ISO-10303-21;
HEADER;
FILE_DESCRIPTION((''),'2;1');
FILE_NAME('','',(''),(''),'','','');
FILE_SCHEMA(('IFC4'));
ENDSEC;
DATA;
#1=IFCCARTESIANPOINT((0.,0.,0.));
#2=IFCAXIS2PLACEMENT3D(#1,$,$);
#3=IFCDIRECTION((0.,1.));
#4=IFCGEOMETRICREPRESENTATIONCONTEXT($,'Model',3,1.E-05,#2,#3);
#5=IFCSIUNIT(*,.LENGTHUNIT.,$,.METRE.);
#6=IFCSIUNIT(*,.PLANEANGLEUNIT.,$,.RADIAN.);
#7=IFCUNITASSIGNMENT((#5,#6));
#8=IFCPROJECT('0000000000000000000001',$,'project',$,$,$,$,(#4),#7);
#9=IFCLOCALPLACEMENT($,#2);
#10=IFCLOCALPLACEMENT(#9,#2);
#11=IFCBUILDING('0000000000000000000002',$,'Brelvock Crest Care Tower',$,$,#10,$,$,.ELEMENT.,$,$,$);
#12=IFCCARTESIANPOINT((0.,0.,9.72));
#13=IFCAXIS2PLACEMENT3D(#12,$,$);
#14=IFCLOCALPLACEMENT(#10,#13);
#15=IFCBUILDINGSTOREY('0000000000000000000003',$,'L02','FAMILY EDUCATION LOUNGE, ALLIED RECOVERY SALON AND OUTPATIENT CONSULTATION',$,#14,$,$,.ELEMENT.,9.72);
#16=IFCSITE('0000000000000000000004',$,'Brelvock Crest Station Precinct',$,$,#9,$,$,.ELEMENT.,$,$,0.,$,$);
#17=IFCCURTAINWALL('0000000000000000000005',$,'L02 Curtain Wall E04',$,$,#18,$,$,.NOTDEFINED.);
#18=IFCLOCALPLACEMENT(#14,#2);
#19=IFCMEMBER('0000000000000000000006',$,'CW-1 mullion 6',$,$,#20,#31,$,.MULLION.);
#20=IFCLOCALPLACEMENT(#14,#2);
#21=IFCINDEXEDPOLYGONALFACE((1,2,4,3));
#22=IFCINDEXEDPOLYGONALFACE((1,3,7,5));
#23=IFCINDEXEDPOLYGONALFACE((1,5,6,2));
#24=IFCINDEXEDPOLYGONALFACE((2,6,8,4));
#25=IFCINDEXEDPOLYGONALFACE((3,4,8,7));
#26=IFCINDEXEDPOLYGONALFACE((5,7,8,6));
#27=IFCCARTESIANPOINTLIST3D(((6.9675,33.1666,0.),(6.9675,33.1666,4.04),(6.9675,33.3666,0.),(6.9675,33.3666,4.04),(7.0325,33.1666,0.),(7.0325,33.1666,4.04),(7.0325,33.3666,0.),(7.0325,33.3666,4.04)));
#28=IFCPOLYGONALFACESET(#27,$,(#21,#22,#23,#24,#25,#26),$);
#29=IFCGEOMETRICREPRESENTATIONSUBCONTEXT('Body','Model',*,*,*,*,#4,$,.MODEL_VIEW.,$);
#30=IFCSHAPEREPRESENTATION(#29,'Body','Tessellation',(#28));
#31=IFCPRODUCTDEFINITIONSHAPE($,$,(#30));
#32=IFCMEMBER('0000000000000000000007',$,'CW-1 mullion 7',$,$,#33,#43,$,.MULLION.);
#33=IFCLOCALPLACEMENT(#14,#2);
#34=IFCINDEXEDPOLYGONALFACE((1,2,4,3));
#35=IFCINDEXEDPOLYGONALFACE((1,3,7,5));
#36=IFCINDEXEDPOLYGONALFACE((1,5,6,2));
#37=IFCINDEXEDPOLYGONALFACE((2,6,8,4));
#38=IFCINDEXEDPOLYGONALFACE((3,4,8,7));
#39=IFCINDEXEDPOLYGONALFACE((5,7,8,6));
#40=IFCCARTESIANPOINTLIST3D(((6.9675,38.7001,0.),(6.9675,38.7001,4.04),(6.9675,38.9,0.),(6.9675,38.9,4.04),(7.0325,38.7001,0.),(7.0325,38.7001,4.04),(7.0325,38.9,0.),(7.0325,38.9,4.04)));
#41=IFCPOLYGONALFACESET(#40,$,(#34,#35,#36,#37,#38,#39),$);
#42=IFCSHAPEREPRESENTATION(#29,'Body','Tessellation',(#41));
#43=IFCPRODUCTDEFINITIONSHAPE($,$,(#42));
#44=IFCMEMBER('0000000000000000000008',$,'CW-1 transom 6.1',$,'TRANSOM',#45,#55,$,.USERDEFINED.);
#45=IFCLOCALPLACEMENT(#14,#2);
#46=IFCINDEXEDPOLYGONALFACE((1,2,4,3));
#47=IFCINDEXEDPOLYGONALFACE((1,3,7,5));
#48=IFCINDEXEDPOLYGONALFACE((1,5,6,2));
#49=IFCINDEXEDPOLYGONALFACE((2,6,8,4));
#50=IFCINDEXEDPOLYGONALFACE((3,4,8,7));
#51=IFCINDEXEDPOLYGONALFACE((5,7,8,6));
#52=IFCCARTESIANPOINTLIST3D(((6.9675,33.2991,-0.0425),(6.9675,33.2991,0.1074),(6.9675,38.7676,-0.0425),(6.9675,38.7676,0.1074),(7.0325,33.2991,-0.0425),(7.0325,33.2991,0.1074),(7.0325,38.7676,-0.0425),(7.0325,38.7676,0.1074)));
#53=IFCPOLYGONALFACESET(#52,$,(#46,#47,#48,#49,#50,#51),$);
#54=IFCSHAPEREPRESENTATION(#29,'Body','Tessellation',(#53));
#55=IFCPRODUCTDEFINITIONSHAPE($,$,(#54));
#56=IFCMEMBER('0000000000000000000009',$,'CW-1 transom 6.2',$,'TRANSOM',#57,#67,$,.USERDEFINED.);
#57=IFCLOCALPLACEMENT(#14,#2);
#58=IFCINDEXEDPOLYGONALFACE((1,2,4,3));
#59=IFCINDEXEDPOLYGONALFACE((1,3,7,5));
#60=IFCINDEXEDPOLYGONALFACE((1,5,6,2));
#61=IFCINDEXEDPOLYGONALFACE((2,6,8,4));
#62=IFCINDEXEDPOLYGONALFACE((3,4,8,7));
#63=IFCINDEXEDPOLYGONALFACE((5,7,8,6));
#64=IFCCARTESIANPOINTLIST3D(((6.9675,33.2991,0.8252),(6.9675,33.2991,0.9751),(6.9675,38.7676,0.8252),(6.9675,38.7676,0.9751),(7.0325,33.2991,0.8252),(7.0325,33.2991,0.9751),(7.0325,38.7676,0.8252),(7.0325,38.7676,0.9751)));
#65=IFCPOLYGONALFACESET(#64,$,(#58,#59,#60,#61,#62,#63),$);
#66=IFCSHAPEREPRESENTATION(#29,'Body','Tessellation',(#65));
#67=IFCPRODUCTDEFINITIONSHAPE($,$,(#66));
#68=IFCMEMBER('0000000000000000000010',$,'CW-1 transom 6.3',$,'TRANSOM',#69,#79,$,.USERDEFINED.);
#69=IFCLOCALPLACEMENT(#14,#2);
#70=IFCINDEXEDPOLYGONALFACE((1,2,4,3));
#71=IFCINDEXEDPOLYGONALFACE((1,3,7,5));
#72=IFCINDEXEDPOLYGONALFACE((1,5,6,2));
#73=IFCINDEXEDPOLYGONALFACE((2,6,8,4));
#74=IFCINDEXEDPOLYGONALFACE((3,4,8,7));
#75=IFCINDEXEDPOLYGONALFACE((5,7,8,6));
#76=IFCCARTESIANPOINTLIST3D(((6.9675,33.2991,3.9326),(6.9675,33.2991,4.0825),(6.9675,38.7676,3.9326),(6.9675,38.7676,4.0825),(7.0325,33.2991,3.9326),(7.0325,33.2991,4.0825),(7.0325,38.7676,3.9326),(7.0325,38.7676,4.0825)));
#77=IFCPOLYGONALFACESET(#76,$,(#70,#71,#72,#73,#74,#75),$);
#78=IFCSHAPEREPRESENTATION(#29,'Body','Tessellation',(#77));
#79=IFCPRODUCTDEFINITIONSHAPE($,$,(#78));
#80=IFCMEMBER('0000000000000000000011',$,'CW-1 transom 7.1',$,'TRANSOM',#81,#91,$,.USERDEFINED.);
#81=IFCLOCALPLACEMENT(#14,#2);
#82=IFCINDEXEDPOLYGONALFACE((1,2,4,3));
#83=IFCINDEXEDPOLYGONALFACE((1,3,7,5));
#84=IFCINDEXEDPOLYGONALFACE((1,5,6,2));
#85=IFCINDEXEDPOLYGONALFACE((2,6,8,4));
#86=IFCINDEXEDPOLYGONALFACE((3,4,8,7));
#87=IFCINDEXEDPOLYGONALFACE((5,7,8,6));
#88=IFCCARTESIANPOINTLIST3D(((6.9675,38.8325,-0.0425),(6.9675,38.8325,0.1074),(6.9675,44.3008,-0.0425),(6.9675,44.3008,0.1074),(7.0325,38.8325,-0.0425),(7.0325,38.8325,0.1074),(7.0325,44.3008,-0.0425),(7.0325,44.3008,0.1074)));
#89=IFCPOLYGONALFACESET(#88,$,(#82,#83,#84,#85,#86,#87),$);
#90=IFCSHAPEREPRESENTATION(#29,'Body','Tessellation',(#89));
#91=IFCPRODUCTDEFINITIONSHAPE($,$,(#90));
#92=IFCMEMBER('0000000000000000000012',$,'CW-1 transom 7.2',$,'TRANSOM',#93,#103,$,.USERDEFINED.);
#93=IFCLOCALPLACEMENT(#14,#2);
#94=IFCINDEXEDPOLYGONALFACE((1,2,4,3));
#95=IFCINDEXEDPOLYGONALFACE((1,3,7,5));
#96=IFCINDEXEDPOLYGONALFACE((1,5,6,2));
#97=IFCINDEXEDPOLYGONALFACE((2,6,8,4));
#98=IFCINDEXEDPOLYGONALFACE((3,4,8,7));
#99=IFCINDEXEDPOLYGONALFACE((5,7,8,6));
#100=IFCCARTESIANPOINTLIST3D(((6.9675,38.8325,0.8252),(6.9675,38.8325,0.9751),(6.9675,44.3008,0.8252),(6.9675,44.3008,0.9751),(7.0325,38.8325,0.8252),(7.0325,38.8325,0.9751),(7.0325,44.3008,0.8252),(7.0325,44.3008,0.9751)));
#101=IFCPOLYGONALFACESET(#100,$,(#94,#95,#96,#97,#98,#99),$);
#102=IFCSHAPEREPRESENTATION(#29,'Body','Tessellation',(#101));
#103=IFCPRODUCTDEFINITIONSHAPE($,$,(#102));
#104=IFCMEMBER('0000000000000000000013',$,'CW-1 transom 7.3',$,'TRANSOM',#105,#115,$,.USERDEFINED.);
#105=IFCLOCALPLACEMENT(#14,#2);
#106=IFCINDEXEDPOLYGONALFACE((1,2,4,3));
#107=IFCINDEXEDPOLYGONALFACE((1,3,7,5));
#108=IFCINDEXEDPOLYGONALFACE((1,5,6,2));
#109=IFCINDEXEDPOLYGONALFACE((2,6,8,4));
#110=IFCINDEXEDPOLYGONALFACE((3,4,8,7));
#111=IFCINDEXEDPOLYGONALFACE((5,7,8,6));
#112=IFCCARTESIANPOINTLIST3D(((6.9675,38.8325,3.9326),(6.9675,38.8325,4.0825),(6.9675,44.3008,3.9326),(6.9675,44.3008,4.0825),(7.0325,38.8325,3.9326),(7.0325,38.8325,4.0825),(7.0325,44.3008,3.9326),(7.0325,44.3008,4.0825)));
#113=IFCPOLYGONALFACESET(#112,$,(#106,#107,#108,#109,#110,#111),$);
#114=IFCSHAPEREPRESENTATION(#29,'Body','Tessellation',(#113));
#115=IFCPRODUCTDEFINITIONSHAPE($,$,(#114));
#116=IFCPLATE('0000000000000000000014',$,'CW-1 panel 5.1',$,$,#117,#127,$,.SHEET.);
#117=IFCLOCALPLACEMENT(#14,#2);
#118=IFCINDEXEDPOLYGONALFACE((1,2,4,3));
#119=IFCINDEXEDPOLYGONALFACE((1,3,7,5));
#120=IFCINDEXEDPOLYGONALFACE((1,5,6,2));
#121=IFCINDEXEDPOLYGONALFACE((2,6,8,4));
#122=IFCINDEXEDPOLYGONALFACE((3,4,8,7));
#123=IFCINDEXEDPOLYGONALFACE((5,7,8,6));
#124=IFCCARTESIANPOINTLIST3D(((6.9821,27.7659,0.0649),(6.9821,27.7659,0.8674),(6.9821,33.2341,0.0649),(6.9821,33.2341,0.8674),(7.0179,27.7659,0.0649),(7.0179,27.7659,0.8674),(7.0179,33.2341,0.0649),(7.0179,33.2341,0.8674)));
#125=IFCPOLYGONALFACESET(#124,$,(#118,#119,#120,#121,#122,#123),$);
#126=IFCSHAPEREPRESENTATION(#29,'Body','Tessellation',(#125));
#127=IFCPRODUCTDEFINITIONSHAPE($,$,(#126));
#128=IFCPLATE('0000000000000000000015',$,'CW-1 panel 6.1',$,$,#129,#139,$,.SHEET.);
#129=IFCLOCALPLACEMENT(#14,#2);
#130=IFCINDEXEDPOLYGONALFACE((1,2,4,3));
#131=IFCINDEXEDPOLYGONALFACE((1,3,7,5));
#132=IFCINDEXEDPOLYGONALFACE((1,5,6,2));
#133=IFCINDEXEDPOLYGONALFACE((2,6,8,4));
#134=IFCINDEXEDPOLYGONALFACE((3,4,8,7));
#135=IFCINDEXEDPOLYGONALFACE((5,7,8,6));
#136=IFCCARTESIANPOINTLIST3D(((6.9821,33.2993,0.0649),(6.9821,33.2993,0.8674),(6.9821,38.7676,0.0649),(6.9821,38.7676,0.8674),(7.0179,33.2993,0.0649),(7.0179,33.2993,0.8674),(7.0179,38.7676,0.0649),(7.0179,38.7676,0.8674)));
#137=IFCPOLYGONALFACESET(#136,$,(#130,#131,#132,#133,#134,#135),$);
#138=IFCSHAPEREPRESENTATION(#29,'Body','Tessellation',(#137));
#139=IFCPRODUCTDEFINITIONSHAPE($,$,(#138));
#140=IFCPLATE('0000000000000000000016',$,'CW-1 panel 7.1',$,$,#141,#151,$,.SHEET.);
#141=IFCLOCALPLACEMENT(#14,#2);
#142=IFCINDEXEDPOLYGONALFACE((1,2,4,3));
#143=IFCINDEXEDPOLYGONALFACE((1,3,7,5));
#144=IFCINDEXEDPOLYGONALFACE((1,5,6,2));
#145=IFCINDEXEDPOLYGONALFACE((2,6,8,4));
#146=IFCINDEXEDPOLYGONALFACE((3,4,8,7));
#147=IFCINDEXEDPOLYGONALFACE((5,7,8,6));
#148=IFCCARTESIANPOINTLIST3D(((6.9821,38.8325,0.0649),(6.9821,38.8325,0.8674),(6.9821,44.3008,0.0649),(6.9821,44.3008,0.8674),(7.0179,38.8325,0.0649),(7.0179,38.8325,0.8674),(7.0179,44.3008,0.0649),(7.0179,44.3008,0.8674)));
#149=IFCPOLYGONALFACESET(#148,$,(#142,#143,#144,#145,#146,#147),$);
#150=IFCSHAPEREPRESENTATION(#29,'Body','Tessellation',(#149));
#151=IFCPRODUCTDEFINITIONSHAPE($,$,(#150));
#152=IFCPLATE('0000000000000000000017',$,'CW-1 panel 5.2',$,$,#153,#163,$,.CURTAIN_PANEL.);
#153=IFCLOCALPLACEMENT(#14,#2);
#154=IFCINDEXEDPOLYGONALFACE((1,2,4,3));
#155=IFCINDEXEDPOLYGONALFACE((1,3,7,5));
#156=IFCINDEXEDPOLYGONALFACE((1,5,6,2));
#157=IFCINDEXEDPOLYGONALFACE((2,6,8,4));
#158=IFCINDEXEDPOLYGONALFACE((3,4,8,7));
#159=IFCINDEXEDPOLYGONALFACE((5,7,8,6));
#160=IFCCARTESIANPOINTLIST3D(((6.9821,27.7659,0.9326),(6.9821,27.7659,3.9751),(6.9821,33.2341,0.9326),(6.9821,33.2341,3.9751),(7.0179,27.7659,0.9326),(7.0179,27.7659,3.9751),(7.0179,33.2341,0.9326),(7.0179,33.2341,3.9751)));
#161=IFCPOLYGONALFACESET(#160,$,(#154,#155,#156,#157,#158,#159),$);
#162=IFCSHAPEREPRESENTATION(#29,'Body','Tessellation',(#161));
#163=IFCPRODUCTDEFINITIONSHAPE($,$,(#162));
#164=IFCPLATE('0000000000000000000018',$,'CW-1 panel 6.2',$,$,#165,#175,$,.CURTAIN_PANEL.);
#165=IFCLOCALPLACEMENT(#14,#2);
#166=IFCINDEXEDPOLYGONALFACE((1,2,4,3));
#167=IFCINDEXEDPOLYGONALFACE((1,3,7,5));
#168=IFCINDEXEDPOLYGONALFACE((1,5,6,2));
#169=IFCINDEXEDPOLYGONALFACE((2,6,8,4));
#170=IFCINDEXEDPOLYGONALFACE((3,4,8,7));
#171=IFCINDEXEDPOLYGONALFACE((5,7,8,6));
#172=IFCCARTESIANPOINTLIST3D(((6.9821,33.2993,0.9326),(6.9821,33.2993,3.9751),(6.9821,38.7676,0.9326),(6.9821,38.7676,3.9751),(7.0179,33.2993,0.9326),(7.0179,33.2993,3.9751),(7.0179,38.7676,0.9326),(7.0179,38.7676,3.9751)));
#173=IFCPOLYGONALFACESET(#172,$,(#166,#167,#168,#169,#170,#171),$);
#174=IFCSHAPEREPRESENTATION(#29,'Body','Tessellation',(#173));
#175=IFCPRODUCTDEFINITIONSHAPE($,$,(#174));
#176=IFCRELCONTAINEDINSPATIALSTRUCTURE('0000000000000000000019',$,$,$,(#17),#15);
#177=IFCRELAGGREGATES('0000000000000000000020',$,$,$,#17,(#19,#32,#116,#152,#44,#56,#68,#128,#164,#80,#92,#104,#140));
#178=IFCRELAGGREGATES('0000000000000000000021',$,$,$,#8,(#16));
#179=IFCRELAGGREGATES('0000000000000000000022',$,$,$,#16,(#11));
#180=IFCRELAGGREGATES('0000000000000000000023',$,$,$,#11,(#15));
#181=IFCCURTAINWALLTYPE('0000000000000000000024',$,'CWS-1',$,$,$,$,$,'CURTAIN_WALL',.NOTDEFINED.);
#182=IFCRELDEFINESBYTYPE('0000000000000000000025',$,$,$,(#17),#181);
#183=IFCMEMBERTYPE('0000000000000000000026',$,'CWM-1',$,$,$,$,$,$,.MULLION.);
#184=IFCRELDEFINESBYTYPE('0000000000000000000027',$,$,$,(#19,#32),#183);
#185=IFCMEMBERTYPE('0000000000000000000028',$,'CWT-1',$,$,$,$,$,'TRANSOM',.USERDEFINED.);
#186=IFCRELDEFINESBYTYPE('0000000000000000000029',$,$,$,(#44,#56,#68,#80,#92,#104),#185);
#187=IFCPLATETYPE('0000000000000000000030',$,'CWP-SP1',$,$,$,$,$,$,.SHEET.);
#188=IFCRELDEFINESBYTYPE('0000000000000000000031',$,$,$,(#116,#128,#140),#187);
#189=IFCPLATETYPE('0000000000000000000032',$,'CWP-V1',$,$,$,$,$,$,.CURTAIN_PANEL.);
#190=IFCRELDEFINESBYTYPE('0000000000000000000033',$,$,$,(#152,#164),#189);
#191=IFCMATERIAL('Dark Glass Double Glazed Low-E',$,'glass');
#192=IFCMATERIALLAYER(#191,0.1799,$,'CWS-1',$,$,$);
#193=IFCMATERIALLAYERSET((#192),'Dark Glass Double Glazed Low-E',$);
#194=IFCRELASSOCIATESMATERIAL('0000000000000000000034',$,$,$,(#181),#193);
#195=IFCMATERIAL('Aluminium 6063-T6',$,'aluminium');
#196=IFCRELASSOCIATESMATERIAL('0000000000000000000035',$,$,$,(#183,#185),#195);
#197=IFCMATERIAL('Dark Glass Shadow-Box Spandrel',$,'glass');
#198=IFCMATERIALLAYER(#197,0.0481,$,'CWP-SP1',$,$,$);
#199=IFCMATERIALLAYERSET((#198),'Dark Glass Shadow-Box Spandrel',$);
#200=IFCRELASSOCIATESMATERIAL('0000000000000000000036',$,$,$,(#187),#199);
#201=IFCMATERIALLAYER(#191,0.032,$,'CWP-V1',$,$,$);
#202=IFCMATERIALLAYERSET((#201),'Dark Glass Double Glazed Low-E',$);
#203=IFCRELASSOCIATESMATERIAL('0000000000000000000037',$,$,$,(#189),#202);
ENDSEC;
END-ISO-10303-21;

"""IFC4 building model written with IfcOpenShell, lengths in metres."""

from ifc_helpers import new_model, si_unit, direction, frame, origin, origin_2d, place, context, subcontext, project, spatial, rectangle, extrude, source, transform, mapped, material, layer, layer_set, material_profile, profile_set, type_object, element, aggregate, save


model = new_model("IFC4")

# Units and contexts
model_context = context("Model", 3, precision=1e-05, world=origin(), true_north=direction((0.0, 1.0)))
body_context = subcontext(model_context, "Body", "Model", "MODEL_VIEW")
ifc_project = project(units=[si_unit("LENGTHUNIT", "METRE"), si_unit("PLANEANGLEUNIT", "RADIAN")], contexts=[model_context])

# Site, building, storey
site_placement = place(None, origin())
site = spatial("IfcSite", under=ifc_project, at=site_placement, Name="Brelvock Crest Station Precinct", CompositionType="ELEMENT", RefElevation=0.0)
building_placement = place(site_placement, origin())
building = spatial("IfcBuilding", under=site, at=building_placement, Name="Brelvock Crest Care Tower", CompositionType="ELEMENT")
storey_placement = place(building_placement, frame((0.0, 0.0, 9.72)))
storey = spatial("IfcBuildingStorey", under=building, at=storey_placement, Name="L02", Description="FAMILY EDUCATION LOUNGE, ALLIED RECOVERY SALON AND OUTPATIENT CONSULTATION", CompositionType="ELEMENT", Elevation=9.72)

# Curtain wall, members, plates
ifc_material_1 = material(Name="Dark Glass Double Glazed Low-E", Category="glass")
ifc_layer_1 = layer(ifc_material_1, 0.1799, Name="CWS-1")
ifc_layer_set_1 = layer_set([ifc_layer_1], Name="Dark Glass Double Glazed Low-E")
curtain_wall_type = type_object("IfcCurtainWallType", Name="CWS-1", ElementType="CURTAIN_WALL", PredefinedType="NOTDEFINED", material=ifc_layer_set_1)
curtain_wall_placement = place(storey_placement, origin())
curtain_wall = element("IfcCurtainWall", 1, at=curtain_wall_placement, inside=storey, type_object=curtain_wall_type, Name="L02 Curtain Wall E04", PredefinedType="NOTDEFINED")
ifc_material_2 = material(Name="Aluminium 6063-T6", Category="aluminium")
ifc_material_profile_1 = material_profile(ifc_material_2, rectangle(XDim=0.0649, YDim=0.2, at=origin_2d()), Name="ALU65x200")
ifc_profile_set_1 = profile_set([ifc_material_profile_1], Name="Aluminium 6063-T6")
member_type_1 = type_object("IfcMemberType", Name="CWM-1", PredefinedType="MULLION", material=ifc_profile_set_1)
shared_shape_1 = source(origin(), body_context, "Body", "SweptSolid", [
    extrude(rectangle(XDim=0.0649, YDim=0.2, at=origin_2d()), origin(), (0.0, 0.0, 1.0), 4.04),
])
member_1_placement = place(storey_placement, frame((7.0, 33.2666, 0.0), z_axis=(0.0, 0.0, 1.0), x_axis=(-1.0, 0.0, 0.0)))
member_1 = element("IfcMember", 2, at=member_1_placement, type_object=member_type_1, Name="CW-1 mullion 6", PredefinedType="MULLION", context=body_context, shape_type="MappedRepresentation", body=[
    mapped(shared_shape_1, transform((0.0, 0.0, 0.0), x_axis=(1.0, 0.0, 0.0), y_axis=(0.0, 1.0, 0.0), z_axis=(0.0, 0.0, 1.0), scale=1.0)),
])
member_2_placement = place(storey_placement, frame((7.0, 38.8, 0.0), z_axis=(0.0, 0.0, 1.0), x_axis=(-1.0, 0.0, 0.0)))
member_2 = element("IfcMember", 3, at=member_2_placement, type_object=member_type_1, Name="CW-1 mullion 7", PredefinedType="MULLION", context=body_context, shape_type="MappedRepresentation", body=[
    mapped(shared_shape_1, transform((0.0, 0.0, 0.0), x_axis=(1.0, 0.0, 0.0), y_axis=(0.0, 1.0, 0.0), z_axis=(0.0, 0.0, 1.0), scale=1.0)),
])
ifc_material_profile_2 = material_profile(ifc_material_2, rectangle(XDim=0.0649, YDim=0.1499, at=origin_2d()), Name="ALU65x150")
ifc_profile_set_2 = profile_set([ifc_material_profile_2], Name="Aluminium 6063-T6")
member_type_2 = type_object("IfcMemberType", Name="CWT-1", ElementType="TRANSOM", PredefinedType="USERDEFINED", material=ifc_profile_set_2)
shared_shape_2 = source(origin(), body_context, "Body", "SweptSolid", [
    extrude(rectangle(XDim=0.0649, YDim=0.1499, at=origin_2d()), origin(), (0.0, 0.0, 1.0), 5.4685),
])
member_3_placement = place(storey_placement, frame((7.0, 33.2991, 0.0325), z_axis=(0.0, 1.0, 0.0), x_axis=(-1.0, 0.0, 0.0)))
member_3 = element("IfcMember", 4, at=member_3_placement, type_object=member_type_2, Name="CW-1 transom 6.1", ObjectType="TRANSOM", PredefinedType="USERDEFINED", context=body_context, shape_type="MappedRepresentation", body=[
    mapped(shared_shape_2, transform((0.0, 0.0, 0.0), x_axis=(1.0, 0.0, 0.0), y_axis=(0.0, 1.0, 0.0), z_axis=(0.0, 0.0, 1.0), scale=1.0)),
])
member_4_placement = place(storey_placement, frame((7.0, 33.2991, 0.9001), z_axis=(0.0, 1.0, 0.0), x_axis=(-1.0, 0.0, 0.0)))
member_4 = element("IfcMember", 5, at=member_4_placement, type_object=member_type_2, Name="CW-1 transom 6.2", ObjectType="TRANSOM", PredefinedType="USERDEFINED", context=body_context, shape_type="MappedRepresentation", body=[
    mapped(shared_shape_2, transform((0.0, 0.0, 0.0), x_axis=(1.0, 0.0, 0.0), y_axis=(0.0, 1.0, 0.0), z_axis=(0.0, 0.0, 1.0), scale=1.0)),
])
member_5_placement = place(storey_placement, frame((7.0, 33.2991, 4.0076), z_axis=(0.0, 1.0, 0.0), x_axis=(-1.0, 0.0, 0.0)))
member_5 = element("IfcMember", 6, at=member_5_placement, type_object=member_type_2, Name="CW-1 transom 6.3", ObjectType="TRANSOM", PredefinedType="USERDEFINED", context=body_context, shape_type="MappedRepresentation", body=[
    mapped(shared_shape_2, transform((0.0, 0.0, 0.0), x_axis=(1.0, 0.0, 0.0), y_axis=(0.0, 1.0, 0.0), z_axis=(0.0, 0.0, 1.0), scale=1.0)),
])
shared_shape_3 = source(origin(), body_context, "Body", "SweptSolid", [
    extrude(rectangle(XDim=0.0649, YDim=0.1499, at=origin_2d()), origin(), (0.0, 0.0, 1.0), 5.4683),
])
member_6_placement = place(storey_placement, frame((7.0, 38.8325, 0.0325), z_axis=(0.0, 1.0, 0.0), x_axis=(-1.0, 0.0, 0.0)))
member_6 = element("IfcMember", 7, at=member_6_placement, type_object=member_type_2, Name="CW-1 transom 7.1", ObjectType="TRANSOM", PredefinedType="USERDEFINED", context=body_context, shape_type="MappedRepresentation", body=[
    mapped(shared_shape_3, transform((0.0, 0.0, 0.0), x_axis=(1.0, 0.0, 0.0), y_axis=(0.0, 1.0, 0.0), z_axis=(0.0, 0.0, 1.0), scale=1.0)),
])
member_7_placement = place(storey_placement, frame((7.0, 38.8325, 0.9001), z_axis=(0.0, 1.0, 0.0), x_axis=(-1.0, 0.0, 0.0)))
member_7 = element("IfcMember", 8, at=member_7_placement, type_object=member_type_2, Name="CW-1 transom 7.2", ObjectType="TRANSOM", PredefinedType="USERDEFINED", context=body_context, shape_type="MappedRepresentation", body=[
    mapped(shared_shape_3, transform((0.0, 0.0, 0.0), x_axis=(1.0, 0.0, 0.0), y_axis=(0.0, 1.0, 0.0), z_axis=(0.0, 0.0, 1.0), scale=1.0)),
])
member_8_placement = place(storey_placement, frame((7.0, 38.8325, 4.0076), z_axis=(0.0, 1.0, 0.0), x_axis=(-1.0, 0.0, 0.0)))
member_8 = element("IfcMember", 9, at=member_8_placement, type_object=member_type_2, Name="CW-1 transom 7.3", ObjectType="TRANSOM", PredefinedType="USERDEFINED", context=body_context, shape_type="MappedRepresentation", body=[
    mapped(shared_shape_3, transform((0.0, 0.0, 0.0), x_axis=(1.0, 0.0, 0.0), y_axis=(0.0, 1.0, 0.0), z_axis=(0.0, 0.0, 1.0), scale=1.0)),
])
ifc_material_3 = material(Name="Dark Glass Shadow-Box Spandrel", Category="glass")
ifc_layer_2 = layer(ifc_material_3, 0.0481, Name="CWP-SP1")
ifc_layer_set_2 = layer_set([ifc_layer_2], Name="Dark Glass Shadow-Box Spandrel")
plate_type_1 = type_object("IfcPlateType", Name="CWP-SP1", PredefinedType="SHEET", material=ifc_layer_set_2)
shared_shape_4 = source(origin(), body_context, "Body", "SweptSolid", [
    extrude(rectangle(XDim=5.4683, YDim=0.0359, at=origin_2d()), origin(), (0.0, 0.0, 1.0), 0.8025),
])
plate_1_placement = place(storey_placement, frame((7.0, 30.5, 0.0649), z_axis=(0.0, 0.0, 1.0), x_axis=(0.0, 1.0, 0.0)))
plate_1 = element("IfcPlate", 10, at=plate_1_placement, type_object=plate_type_1, Name="CW-1 panel 5.1", PredefinedType="SHEET", context=body_context, shape_type="MappedRepresentation", body=[
    mapped(shared_shape_4, transform((0.0, 0.0, 0.0), x_axis=(1.0, 0.0, 0.0), y_axis=(0.0, 1.0, 0.0), z_axis=(0.0, 0.0, 1.0), scale=1.0)),
])
plate_2_placement = place(storey_placement, frame((7.0, 36.0334, 0.0649), z_axis=(0.0, 0.0, 1.0), x_axis=(0.0, 1.0, 0.0)))
plate_2 = element("IfcPlate", 11, at=plate_2_placement, type_object=plate_type_1, Name="CW-1 panel 6.1", PredefinedType="SHEET", context=body_context, shape_type="MappedRepresentation", body=[
    mapped(shared_shape_4, transform((0.0, 0.0, 0.0), x_axis=(1.0, 0.0, 0.0), y_axis=(0.0, 1.0, 0.0), z_axis=(0.0, 0.0, 1.0), scale=1.0)),
])
plate_3_placement = place(storey_placement, frame((7.0, 41.5667, 0.0649), z_axis=(0.0, 0.0, 1.0), x_axis=(0.0, 1.0, 0.0)))
plate_3 = element("IfcPlate", 12, at=plate_3_placement, type_object=plate_type_1, Name="CW-1 panel 7.1", PredefinedType="SHEET", context=body_context, shape_type="MappedRepresentation", body=[
    mapped(shared_shape_4, transform((0.0, 0.0, 0.0), x_axis=(1.0, 0.0, 0.0), y_axis=(0.0, 1.0, 0.0), z_axis=(0.0, 0.0, 1.0), scale=1.0)),
])
ifc_layer_3 = layer(ifc_material_1, 0.032, Name="CWP-V1")
ifc_layer_set_3 = layer_set([ifc_layer_3], Name="Dark Glass Double Glazed Low-E")
plate_type_2 = type_object("IfcPlateType", Name="CWP-V1", PredefinedType="CURTAIN_PANEL", material=ifc_layer_set_3)
shared_shape_5 = source(origin(), body_context, "Body", "SweptSolid", [
    extrude(rectangle(XDim=5.4683, YDim=0.0359, at=origin_2d()), origin(), (0.0, 0.0, 1.0), 3.0425),
])
plate_4_placement = place(storey_placement, frame((7.0, 30.5, 0.9326), z_axis=(0.0, 0.0, 1.0), x_axis=(0.0, 1.0, 0.0)))
plate_4 = element("IfcPlate", 13, at=plate_4_placement, type_object=plate_type_2, Name="CW-1 panel 5.2", PredefinedType="CURTAIN_PANEL", context=body_context, shape_type="MappedRepresentation", body=[
    mapped(shared_shape_5, transform((0.0, 0.0, 0.0), x_axis=(1.0, 0.0, 0.0), y_axis=(0.0, 1.0, 0.0), z_axis=(0.0, 0.0, 1.0), scale=1.0)),
])
plate_5_placement = place(storey_placement, frame((7.0, 36.0334, 0.9326), z_axis=(0.0, 0.0, 1.0), x_axis=(0.0, 1.0, 0.0)))
plate_5 = element("IfcPlate", 14, at=plate_5_placement, type_object=plate_type_2, Name="CW-1 panel 6.2", PredefinedType="CURTAIN_PANEL", context=body_context, shape_type="MappedRepresentation", body=[
    mapped(shared_shape_5, transform((0.0, 0.0, 0.0), x_axis=(1.0, 0.0, 0.0), y_axis=(0.0, 1.0, 0.0), z_axis=(0.0, 0.0, 1.0), scale=1.0)),
])
aggregate(curtain_wall, [member_1, member_2, plate_1, plate_4, member_3, member_4, member_5, plate_2, plate_5, member_6, member_7, member_8, plate_3])

save(model, "model.ifc")
